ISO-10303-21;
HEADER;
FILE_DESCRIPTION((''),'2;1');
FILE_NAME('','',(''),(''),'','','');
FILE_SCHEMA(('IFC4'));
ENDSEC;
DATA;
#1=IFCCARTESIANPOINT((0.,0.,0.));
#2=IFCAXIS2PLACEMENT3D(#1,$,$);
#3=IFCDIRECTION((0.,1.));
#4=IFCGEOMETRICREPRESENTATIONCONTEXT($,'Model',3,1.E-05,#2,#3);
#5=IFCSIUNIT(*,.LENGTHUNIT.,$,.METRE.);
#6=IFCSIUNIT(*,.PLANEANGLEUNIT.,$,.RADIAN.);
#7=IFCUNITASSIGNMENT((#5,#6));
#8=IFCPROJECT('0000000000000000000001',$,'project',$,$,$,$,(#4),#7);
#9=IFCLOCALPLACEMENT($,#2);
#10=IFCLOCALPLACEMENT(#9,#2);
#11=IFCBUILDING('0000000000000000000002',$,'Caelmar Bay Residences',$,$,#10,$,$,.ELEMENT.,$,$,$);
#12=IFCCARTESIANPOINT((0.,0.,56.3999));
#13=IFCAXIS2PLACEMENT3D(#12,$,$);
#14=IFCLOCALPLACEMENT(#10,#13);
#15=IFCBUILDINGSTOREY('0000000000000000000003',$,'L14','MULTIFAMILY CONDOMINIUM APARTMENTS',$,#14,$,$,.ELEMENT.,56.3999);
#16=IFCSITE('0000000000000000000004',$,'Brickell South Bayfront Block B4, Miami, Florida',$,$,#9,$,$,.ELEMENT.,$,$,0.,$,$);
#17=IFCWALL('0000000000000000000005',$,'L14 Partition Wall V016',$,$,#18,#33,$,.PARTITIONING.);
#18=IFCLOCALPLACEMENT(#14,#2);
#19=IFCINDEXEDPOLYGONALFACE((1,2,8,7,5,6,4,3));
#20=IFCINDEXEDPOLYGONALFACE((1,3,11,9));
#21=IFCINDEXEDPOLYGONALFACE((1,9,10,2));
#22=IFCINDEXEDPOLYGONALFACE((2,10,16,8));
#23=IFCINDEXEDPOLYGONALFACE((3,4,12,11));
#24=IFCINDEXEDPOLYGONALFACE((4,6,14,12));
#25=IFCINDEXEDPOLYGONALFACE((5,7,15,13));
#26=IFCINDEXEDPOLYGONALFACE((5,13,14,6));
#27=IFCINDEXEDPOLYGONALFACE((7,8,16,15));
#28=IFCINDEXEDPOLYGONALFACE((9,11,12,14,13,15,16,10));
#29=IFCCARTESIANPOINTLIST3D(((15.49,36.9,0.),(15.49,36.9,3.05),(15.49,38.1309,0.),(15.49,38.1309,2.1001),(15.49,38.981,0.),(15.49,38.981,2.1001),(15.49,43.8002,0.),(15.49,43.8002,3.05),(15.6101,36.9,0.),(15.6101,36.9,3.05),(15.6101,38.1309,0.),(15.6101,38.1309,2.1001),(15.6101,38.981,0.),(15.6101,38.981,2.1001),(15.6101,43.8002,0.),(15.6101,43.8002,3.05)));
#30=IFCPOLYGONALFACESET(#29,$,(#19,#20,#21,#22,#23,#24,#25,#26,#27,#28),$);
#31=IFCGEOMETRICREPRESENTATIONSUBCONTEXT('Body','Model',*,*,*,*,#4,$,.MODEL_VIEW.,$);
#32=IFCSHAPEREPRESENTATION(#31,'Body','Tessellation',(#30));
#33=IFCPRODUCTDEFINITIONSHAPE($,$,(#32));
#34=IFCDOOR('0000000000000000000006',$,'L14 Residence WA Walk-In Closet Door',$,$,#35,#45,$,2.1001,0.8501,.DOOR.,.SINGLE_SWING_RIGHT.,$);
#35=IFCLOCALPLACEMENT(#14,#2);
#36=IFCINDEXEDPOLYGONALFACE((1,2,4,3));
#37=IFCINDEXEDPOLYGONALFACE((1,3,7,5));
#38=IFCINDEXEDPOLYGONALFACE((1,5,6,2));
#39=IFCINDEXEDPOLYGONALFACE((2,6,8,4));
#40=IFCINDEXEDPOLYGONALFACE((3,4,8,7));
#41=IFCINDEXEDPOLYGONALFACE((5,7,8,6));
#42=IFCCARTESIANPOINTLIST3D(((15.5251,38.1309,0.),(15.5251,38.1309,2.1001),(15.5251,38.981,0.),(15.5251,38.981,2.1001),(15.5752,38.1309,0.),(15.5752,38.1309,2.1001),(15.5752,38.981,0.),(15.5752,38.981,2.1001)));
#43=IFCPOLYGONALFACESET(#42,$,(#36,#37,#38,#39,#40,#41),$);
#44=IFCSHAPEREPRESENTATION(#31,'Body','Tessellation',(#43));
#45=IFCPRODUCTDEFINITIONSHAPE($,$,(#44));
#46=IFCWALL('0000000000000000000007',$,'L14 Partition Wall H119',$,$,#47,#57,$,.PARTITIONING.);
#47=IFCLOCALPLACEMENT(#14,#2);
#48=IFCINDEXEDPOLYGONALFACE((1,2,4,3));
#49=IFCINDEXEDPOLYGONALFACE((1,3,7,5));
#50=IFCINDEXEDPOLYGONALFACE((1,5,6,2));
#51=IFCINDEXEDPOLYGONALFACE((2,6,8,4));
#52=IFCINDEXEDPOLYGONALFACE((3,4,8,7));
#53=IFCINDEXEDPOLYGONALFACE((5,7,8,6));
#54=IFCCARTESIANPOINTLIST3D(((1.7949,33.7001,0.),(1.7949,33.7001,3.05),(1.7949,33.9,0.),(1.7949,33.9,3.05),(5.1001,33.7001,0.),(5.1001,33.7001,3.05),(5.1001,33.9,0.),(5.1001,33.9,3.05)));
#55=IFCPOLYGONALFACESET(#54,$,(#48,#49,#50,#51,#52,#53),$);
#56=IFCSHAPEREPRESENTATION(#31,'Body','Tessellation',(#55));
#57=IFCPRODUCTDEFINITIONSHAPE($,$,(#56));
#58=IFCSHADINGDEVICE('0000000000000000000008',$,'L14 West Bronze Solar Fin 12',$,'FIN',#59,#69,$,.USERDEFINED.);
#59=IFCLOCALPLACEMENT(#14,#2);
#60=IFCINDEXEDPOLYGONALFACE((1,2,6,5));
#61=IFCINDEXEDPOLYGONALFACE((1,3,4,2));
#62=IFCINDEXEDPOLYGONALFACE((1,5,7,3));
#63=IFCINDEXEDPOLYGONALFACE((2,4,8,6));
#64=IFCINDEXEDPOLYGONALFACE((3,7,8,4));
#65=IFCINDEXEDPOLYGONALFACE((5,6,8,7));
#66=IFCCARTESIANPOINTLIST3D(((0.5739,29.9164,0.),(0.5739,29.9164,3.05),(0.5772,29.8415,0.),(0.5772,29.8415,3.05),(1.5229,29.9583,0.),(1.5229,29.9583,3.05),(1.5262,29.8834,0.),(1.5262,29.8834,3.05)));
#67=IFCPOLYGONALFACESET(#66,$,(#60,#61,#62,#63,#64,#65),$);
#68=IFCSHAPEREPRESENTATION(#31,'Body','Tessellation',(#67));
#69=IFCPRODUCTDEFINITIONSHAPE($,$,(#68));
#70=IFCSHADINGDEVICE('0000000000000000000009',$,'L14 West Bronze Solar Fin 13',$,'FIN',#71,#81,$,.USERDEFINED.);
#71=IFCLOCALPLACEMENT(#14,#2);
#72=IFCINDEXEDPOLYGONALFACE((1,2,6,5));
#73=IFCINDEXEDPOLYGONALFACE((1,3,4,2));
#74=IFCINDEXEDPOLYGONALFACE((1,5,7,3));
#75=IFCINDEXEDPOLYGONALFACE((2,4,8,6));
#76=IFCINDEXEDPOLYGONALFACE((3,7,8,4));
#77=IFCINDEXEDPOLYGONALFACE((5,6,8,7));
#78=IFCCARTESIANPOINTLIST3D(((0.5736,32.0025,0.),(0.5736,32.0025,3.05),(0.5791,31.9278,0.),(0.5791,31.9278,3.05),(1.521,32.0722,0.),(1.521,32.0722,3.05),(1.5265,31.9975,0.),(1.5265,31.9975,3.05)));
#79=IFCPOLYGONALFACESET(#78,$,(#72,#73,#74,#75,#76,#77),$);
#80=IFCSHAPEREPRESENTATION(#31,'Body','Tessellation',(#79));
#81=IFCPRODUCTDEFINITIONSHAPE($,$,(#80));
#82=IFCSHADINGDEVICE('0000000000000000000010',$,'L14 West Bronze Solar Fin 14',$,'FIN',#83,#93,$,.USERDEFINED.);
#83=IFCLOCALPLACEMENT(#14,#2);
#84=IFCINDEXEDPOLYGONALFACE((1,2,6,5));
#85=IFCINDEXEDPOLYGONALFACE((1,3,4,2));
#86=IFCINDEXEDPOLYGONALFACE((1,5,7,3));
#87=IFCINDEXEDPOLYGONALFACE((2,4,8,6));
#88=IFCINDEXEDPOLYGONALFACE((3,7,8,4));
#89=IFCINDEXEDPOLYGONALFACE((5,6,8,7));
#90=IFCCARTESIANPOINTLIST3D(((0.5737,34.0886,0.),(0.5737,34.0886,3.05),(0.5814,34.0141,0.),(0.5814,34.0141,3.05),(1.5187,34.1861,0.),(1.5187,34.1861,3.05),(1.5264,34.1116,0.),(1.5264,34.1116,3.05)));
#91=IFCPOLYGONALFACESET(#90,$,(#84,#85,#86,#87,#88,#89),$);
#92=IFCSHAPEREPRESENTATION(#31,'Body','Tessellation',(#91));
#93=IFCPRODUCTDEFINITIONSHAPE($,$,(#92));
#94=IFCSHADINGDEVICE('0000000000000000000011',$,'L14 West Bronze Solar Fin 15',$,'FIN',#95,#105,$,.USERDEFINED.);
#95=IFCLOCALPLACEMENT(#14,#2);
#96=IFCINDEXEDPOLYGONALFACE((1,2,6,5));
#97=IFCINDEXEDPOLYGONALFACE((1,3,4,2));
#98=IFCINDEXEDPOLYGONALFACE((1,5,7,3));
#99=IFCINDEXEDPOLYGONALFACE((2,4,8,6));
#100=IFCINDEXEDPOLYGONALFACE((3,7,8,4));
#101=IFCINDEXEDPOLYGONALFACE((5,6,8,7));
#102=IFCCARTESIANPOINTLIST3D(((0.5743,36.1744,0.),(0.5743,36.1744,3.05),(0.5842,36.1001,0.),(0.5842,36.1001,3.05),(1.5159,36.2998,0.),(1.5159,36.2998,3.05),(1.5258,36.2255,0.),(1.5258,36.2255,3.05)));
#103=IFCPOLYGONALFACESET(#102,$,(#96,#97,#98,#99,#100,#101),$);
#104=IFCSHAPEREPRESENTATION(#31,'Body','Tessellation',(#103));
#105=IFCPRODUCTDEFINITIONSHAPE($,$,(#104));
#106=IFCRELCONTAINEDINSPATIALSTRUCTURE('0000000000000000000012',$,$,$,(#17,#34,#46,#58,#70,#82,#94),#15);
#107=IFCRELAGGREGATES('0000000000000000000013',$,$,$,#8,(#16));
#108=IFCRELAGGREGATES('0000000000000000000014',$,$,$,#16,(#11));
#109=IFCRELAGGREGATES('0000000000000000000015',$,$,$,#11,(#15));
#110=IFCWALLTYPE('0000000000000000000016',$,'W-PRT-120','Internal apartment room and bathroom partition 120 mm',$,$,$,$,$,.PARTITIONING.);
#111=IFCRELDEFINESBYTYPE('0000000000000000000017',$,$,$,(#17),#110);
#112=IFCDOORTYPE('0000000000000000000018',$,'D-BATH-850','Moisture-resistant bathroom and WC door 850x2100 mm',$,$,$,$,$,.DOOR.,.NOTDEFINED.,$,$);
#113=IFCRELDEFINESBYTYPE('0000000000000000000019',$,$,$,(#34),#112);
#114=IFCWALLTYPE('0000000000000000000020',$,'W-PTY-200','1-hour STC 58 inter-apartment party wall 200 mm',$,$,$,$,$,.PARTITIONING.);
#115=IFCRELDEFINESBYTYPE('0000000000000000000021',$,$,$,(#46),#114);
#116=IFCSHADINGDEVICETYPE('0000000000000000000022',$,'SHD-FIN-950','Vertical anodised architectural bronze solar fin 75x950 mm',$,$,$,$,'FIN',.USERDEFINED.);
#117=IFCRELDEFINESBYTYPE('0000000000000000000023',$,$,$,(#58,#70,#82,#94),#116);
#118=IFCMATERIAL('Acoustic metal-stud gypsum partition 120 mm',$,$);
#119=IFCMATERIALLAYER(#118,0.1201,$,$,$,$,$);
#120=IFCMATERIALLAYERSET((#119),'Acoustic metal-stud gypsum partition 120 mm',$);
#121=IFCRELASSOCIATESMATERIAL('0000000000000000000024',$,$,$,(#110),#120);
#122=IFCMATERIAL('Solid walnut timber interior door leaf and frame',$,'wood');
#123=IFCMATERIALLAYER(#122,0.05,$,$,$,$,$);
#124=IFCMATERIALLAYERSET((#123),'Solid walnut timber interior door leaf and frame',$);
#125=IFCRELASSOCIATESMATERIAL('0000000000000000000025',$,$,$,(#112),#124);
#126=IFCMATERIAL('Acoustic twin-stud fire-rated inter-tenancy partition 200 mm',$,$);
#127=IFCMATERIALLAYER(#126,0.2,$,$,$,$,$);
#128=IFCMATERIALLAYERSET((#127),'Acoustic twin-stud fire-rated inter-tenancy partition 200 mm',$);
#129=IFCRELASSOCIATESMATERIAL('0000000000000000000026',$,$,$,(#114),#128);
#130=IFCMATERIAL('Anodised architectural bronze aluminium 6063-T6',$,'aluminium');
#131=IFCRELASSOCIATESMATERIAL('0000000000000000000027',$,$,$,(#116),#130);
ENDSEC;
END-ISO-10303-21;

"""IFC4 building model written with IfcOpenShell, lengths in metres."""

from ifc_helpers import new_model, si_unit, direction, frame, frame_2d, origin, origin_2d, place, context, subcontext, project, spatial, rectangle, extrude, material, layer, layer_set, material_profile, profile_set, type_object, element, fill, save


model = new_model("IFC4")

# Units and contexts
model_context = context("Model", 3, precision=1e-05, world=origin(), true_north=direction((0.0, 1.0)))
body_context = subcontext(model_context, "Body", "Model", "MODEL_VIEW")
ifc_project = project(units=[si_unit("LENGTHUNIT", "METRE"), si_unit("PLANEANGLEUNIT", "RADIAN")], contexts=[model_context])

# Site, building, storey
site_placement = place(None, origin())
site = spatial("IfcSite", under=ifc_project, at=site_placement, Name="Brickell South Bayfront Block B4, Miami, Florida", CompositionType="ELEMENT", RefElevation=0.0)
building_placement = place(site_placement, origin())
building = spatial("IfcBuilding", under=site, at=building_placement, Name="Caelmar Bay Residences", CompositionType="ELEMENT")
storey_placement = place(building_placement, frame((0.0, 0.0, 56.3999)))
storey = spatial("IfcBuildingStorey", under=building, at=storey_placement, Name="L14", Description="MULTIFAMILY CONDOMINIUM APARTMENTS", CompositionType="ELEMENT", Elevation=56.3999)

# Shared definitions
ifc_material_1 = material(Name="Acoustic metal-stud gypsum partition 120 mm")
ifc_layer_1 = layer(ifc_material_1, 0.1201)
ifc_layer_set_1 = layer_set([ifc_layer_1], Name="Acoustic metal-stud gypsum partition 120 mm")
wall_type_1 = type_object("IfcWallType", Name="W-PRT-120", Description="Internal apartment room and bathroom partition 120 mm", PredefinedType="PARTITIONING", material=ifc_layer_set_1)

# Wall, opening, door
wall_1_placement = place(storey_placement, frame((15.55, 36.8999, 0.0), z_axis=(0.0, 0.0, 1.0), x_axis=(0.0, 1.0, 0.0)))
wall_1 = element("IfcWall", 1, at=wall_1_placement, inside=storey, type_object=wall_type_1, Name="L14 Partition Wall V016", PredefinedType="PARTITIONING", context=body_context, shape_type="SweptSolid", body=[
    extrude(rectangle(XDim=6.9001, YDim=0.1201, at=frame_2d((3.4502, 0.0))), origin(), (0.0, 0.0, 1.0), 3.05),
])
opening_1_placement = place(wall_1_placement, frame((1.231, 0.0, 0.0)))
opening_1 = element("IfcOpeningElement", 2, at=opening_1_placement, cuts=wall_1, PredefinedType="OPENING", context=body_context, shape_type="SweptSolid", body=[
    extrude(rectangle(XDim=0.8501, YDim=2.1001, at=frame_2d((0.425, 1.05))), frame((0.0, 0.0701, 0.0), z_axis=(0.0, -1.0, 0.0), x_axis=(1.0, 0.0, 0.0)), (0.0, 0.0, 1.0), 0.1401),
])
ifc_material_2 = material(Name="Solid walnut timber interior door leaf and frame", Category="wood")
ifc_layer_2 = layer(ifc_material_2, 0.05)
ifc_layer_set_2 = layer_set([ifc_layer_2], Name="Solid walnut timber interior door leaf and frame")
door_type_1 = type_object("IfcDoorType", Name="D-BATH-850", Description="Moisture-resistant bathroom and WC door 850x2100 mm", OperationType="NOTDEFINED", PredefinedType="DOOR", material=ifc_layer_set_2)
door_1_placement = place(opening_1_placement, origin())
door_1 = element("IfcDoor", 3, at=door_1_placement, inside=storey, type_object=door_type_1, Name="L14 Residence WA Walk-In Closet Door", OperationType="SINGLE_SWING_RIGHT", OverallHeight=2.1001, OverallWidth=0.8501, PredefinedType="DOOR", context=body_context, shape_type="SweptSolid", body=[
    extrude(rectangle(XDim=0.8501, YDim=2.1001, at=frame_2d((0.425, 1.05))), frame((0.0, 0.0249, 0.0), z_axis=(0.0, -1.0, 0.0), x_axis=(1.0, 0.0, 0.0)), (0.0, 0.0, 1.0), 0.05),
])
fill(opening_1, door_1)

# Wall
ifc_material_3 = material(Name="Acoustic twin-stud fire-rated inter-tenancy partition 200 mm")
ifc_layer_3 = layer(ifc_material_3, 0.2)
ifc_layer_set_3 = layer_set([ifc_layer_3], Name="Acoustic twin-stud fire-rated inter-tenancy partition 200 mm")
wall_type_2 = type_object("IfcWallType", Name="W-PTY-200", Description="1-hour STC 58 inter-apartment party wall 200 mm", PredefinedType="PARTITIONING", material=ifc_layer_set_3)
wall_2_placement = place(storey_placement, frame((1.7949, 33.8, 0.0), z_axis=(0.0, 0.0, 1.0), x_axis=(1.0, 0.0, 0.0)))
element("IfcWall", 4, at=wall_2_placement, inside=storey, type_object=wall_type_2, Name="L14 Partition Wall H119", PredefinedType="PARTITIONING", context=body_context, shape_type="SweptSolid", body=[
    extrude(rectangle(XDim=3.3052, YDim=0.2, at=frame_2d((1.6526, 0.0))), origin(), (0.0, 0.0, 1.0), 3.05),
])

# Shading devices
ifc_material_4 = material(Name="Anodised architectural bronze aluminium 6063-T6", Category="aluminium")
ifc_material_profile_1 = material_profile(ifc_material_4, rectangle(XDim=0.075, YDim=0.95, at=origin_2d()), Name="BRONZE-FIN-75X950")
ifc_profile_set_1 = profile_set([ifc_material_profile_1], Name="Anodised architectural bronze aluminium 6063-T6")
shading_device_type = type_object("IfcShadingDeviceType", Name="SHD-FIN-950", Description="Vertical anodised architectural bronze solar fin 75x950 mm", ElementType="FIN", PredefinedType="USERDEFINED", material=ifc_profile_set_1)
for number, where, z_axis, x_axis, name in (
    (5, (1.05, 29.8999, 0.0), (0.0, 0.0, 1.0), (-0.044142, 0.999025, 0.0), "L14 West Bronze Solar Fin 12"),
    (6, (1.05, 32.0, 0.0), (0.0, 0.0, 1.0), (-0.073412, 0.997302, 0.0), "L14 West Bronze Solar Fin 13"),
    (7, (1.05, 34.1001, 0.0), (0.0, 0.0, 1.0), (-0.102619, 0.994721, 0.0), "L14 West Bronze Solar Fin 14"),
    (8, (1.05, 36.2, 0.0), (0.0, 0.0, 1.0), (-0.13191, 0.991262, 0.0), "L14 West Bronze Solar Fin 15"),
):
    element("IfcShadingDevice", number, at=place(storey_placement, frame(where, z_axis=z_axis, x_axis=x_axis)), inside=storey, type_object=shading_device_type, Name=name, ObjectType="FIN", PredefinedType="USERDEFINED", context=body_context, shape_type="SweptSolid", body=[
        extrude(rectangle(XDim=0.075, YDim=0.95, at=origin_2d()), origin(), (0.0, 0.0, 1.0), 3.05),
    ])

save(model, "model.ifc")
